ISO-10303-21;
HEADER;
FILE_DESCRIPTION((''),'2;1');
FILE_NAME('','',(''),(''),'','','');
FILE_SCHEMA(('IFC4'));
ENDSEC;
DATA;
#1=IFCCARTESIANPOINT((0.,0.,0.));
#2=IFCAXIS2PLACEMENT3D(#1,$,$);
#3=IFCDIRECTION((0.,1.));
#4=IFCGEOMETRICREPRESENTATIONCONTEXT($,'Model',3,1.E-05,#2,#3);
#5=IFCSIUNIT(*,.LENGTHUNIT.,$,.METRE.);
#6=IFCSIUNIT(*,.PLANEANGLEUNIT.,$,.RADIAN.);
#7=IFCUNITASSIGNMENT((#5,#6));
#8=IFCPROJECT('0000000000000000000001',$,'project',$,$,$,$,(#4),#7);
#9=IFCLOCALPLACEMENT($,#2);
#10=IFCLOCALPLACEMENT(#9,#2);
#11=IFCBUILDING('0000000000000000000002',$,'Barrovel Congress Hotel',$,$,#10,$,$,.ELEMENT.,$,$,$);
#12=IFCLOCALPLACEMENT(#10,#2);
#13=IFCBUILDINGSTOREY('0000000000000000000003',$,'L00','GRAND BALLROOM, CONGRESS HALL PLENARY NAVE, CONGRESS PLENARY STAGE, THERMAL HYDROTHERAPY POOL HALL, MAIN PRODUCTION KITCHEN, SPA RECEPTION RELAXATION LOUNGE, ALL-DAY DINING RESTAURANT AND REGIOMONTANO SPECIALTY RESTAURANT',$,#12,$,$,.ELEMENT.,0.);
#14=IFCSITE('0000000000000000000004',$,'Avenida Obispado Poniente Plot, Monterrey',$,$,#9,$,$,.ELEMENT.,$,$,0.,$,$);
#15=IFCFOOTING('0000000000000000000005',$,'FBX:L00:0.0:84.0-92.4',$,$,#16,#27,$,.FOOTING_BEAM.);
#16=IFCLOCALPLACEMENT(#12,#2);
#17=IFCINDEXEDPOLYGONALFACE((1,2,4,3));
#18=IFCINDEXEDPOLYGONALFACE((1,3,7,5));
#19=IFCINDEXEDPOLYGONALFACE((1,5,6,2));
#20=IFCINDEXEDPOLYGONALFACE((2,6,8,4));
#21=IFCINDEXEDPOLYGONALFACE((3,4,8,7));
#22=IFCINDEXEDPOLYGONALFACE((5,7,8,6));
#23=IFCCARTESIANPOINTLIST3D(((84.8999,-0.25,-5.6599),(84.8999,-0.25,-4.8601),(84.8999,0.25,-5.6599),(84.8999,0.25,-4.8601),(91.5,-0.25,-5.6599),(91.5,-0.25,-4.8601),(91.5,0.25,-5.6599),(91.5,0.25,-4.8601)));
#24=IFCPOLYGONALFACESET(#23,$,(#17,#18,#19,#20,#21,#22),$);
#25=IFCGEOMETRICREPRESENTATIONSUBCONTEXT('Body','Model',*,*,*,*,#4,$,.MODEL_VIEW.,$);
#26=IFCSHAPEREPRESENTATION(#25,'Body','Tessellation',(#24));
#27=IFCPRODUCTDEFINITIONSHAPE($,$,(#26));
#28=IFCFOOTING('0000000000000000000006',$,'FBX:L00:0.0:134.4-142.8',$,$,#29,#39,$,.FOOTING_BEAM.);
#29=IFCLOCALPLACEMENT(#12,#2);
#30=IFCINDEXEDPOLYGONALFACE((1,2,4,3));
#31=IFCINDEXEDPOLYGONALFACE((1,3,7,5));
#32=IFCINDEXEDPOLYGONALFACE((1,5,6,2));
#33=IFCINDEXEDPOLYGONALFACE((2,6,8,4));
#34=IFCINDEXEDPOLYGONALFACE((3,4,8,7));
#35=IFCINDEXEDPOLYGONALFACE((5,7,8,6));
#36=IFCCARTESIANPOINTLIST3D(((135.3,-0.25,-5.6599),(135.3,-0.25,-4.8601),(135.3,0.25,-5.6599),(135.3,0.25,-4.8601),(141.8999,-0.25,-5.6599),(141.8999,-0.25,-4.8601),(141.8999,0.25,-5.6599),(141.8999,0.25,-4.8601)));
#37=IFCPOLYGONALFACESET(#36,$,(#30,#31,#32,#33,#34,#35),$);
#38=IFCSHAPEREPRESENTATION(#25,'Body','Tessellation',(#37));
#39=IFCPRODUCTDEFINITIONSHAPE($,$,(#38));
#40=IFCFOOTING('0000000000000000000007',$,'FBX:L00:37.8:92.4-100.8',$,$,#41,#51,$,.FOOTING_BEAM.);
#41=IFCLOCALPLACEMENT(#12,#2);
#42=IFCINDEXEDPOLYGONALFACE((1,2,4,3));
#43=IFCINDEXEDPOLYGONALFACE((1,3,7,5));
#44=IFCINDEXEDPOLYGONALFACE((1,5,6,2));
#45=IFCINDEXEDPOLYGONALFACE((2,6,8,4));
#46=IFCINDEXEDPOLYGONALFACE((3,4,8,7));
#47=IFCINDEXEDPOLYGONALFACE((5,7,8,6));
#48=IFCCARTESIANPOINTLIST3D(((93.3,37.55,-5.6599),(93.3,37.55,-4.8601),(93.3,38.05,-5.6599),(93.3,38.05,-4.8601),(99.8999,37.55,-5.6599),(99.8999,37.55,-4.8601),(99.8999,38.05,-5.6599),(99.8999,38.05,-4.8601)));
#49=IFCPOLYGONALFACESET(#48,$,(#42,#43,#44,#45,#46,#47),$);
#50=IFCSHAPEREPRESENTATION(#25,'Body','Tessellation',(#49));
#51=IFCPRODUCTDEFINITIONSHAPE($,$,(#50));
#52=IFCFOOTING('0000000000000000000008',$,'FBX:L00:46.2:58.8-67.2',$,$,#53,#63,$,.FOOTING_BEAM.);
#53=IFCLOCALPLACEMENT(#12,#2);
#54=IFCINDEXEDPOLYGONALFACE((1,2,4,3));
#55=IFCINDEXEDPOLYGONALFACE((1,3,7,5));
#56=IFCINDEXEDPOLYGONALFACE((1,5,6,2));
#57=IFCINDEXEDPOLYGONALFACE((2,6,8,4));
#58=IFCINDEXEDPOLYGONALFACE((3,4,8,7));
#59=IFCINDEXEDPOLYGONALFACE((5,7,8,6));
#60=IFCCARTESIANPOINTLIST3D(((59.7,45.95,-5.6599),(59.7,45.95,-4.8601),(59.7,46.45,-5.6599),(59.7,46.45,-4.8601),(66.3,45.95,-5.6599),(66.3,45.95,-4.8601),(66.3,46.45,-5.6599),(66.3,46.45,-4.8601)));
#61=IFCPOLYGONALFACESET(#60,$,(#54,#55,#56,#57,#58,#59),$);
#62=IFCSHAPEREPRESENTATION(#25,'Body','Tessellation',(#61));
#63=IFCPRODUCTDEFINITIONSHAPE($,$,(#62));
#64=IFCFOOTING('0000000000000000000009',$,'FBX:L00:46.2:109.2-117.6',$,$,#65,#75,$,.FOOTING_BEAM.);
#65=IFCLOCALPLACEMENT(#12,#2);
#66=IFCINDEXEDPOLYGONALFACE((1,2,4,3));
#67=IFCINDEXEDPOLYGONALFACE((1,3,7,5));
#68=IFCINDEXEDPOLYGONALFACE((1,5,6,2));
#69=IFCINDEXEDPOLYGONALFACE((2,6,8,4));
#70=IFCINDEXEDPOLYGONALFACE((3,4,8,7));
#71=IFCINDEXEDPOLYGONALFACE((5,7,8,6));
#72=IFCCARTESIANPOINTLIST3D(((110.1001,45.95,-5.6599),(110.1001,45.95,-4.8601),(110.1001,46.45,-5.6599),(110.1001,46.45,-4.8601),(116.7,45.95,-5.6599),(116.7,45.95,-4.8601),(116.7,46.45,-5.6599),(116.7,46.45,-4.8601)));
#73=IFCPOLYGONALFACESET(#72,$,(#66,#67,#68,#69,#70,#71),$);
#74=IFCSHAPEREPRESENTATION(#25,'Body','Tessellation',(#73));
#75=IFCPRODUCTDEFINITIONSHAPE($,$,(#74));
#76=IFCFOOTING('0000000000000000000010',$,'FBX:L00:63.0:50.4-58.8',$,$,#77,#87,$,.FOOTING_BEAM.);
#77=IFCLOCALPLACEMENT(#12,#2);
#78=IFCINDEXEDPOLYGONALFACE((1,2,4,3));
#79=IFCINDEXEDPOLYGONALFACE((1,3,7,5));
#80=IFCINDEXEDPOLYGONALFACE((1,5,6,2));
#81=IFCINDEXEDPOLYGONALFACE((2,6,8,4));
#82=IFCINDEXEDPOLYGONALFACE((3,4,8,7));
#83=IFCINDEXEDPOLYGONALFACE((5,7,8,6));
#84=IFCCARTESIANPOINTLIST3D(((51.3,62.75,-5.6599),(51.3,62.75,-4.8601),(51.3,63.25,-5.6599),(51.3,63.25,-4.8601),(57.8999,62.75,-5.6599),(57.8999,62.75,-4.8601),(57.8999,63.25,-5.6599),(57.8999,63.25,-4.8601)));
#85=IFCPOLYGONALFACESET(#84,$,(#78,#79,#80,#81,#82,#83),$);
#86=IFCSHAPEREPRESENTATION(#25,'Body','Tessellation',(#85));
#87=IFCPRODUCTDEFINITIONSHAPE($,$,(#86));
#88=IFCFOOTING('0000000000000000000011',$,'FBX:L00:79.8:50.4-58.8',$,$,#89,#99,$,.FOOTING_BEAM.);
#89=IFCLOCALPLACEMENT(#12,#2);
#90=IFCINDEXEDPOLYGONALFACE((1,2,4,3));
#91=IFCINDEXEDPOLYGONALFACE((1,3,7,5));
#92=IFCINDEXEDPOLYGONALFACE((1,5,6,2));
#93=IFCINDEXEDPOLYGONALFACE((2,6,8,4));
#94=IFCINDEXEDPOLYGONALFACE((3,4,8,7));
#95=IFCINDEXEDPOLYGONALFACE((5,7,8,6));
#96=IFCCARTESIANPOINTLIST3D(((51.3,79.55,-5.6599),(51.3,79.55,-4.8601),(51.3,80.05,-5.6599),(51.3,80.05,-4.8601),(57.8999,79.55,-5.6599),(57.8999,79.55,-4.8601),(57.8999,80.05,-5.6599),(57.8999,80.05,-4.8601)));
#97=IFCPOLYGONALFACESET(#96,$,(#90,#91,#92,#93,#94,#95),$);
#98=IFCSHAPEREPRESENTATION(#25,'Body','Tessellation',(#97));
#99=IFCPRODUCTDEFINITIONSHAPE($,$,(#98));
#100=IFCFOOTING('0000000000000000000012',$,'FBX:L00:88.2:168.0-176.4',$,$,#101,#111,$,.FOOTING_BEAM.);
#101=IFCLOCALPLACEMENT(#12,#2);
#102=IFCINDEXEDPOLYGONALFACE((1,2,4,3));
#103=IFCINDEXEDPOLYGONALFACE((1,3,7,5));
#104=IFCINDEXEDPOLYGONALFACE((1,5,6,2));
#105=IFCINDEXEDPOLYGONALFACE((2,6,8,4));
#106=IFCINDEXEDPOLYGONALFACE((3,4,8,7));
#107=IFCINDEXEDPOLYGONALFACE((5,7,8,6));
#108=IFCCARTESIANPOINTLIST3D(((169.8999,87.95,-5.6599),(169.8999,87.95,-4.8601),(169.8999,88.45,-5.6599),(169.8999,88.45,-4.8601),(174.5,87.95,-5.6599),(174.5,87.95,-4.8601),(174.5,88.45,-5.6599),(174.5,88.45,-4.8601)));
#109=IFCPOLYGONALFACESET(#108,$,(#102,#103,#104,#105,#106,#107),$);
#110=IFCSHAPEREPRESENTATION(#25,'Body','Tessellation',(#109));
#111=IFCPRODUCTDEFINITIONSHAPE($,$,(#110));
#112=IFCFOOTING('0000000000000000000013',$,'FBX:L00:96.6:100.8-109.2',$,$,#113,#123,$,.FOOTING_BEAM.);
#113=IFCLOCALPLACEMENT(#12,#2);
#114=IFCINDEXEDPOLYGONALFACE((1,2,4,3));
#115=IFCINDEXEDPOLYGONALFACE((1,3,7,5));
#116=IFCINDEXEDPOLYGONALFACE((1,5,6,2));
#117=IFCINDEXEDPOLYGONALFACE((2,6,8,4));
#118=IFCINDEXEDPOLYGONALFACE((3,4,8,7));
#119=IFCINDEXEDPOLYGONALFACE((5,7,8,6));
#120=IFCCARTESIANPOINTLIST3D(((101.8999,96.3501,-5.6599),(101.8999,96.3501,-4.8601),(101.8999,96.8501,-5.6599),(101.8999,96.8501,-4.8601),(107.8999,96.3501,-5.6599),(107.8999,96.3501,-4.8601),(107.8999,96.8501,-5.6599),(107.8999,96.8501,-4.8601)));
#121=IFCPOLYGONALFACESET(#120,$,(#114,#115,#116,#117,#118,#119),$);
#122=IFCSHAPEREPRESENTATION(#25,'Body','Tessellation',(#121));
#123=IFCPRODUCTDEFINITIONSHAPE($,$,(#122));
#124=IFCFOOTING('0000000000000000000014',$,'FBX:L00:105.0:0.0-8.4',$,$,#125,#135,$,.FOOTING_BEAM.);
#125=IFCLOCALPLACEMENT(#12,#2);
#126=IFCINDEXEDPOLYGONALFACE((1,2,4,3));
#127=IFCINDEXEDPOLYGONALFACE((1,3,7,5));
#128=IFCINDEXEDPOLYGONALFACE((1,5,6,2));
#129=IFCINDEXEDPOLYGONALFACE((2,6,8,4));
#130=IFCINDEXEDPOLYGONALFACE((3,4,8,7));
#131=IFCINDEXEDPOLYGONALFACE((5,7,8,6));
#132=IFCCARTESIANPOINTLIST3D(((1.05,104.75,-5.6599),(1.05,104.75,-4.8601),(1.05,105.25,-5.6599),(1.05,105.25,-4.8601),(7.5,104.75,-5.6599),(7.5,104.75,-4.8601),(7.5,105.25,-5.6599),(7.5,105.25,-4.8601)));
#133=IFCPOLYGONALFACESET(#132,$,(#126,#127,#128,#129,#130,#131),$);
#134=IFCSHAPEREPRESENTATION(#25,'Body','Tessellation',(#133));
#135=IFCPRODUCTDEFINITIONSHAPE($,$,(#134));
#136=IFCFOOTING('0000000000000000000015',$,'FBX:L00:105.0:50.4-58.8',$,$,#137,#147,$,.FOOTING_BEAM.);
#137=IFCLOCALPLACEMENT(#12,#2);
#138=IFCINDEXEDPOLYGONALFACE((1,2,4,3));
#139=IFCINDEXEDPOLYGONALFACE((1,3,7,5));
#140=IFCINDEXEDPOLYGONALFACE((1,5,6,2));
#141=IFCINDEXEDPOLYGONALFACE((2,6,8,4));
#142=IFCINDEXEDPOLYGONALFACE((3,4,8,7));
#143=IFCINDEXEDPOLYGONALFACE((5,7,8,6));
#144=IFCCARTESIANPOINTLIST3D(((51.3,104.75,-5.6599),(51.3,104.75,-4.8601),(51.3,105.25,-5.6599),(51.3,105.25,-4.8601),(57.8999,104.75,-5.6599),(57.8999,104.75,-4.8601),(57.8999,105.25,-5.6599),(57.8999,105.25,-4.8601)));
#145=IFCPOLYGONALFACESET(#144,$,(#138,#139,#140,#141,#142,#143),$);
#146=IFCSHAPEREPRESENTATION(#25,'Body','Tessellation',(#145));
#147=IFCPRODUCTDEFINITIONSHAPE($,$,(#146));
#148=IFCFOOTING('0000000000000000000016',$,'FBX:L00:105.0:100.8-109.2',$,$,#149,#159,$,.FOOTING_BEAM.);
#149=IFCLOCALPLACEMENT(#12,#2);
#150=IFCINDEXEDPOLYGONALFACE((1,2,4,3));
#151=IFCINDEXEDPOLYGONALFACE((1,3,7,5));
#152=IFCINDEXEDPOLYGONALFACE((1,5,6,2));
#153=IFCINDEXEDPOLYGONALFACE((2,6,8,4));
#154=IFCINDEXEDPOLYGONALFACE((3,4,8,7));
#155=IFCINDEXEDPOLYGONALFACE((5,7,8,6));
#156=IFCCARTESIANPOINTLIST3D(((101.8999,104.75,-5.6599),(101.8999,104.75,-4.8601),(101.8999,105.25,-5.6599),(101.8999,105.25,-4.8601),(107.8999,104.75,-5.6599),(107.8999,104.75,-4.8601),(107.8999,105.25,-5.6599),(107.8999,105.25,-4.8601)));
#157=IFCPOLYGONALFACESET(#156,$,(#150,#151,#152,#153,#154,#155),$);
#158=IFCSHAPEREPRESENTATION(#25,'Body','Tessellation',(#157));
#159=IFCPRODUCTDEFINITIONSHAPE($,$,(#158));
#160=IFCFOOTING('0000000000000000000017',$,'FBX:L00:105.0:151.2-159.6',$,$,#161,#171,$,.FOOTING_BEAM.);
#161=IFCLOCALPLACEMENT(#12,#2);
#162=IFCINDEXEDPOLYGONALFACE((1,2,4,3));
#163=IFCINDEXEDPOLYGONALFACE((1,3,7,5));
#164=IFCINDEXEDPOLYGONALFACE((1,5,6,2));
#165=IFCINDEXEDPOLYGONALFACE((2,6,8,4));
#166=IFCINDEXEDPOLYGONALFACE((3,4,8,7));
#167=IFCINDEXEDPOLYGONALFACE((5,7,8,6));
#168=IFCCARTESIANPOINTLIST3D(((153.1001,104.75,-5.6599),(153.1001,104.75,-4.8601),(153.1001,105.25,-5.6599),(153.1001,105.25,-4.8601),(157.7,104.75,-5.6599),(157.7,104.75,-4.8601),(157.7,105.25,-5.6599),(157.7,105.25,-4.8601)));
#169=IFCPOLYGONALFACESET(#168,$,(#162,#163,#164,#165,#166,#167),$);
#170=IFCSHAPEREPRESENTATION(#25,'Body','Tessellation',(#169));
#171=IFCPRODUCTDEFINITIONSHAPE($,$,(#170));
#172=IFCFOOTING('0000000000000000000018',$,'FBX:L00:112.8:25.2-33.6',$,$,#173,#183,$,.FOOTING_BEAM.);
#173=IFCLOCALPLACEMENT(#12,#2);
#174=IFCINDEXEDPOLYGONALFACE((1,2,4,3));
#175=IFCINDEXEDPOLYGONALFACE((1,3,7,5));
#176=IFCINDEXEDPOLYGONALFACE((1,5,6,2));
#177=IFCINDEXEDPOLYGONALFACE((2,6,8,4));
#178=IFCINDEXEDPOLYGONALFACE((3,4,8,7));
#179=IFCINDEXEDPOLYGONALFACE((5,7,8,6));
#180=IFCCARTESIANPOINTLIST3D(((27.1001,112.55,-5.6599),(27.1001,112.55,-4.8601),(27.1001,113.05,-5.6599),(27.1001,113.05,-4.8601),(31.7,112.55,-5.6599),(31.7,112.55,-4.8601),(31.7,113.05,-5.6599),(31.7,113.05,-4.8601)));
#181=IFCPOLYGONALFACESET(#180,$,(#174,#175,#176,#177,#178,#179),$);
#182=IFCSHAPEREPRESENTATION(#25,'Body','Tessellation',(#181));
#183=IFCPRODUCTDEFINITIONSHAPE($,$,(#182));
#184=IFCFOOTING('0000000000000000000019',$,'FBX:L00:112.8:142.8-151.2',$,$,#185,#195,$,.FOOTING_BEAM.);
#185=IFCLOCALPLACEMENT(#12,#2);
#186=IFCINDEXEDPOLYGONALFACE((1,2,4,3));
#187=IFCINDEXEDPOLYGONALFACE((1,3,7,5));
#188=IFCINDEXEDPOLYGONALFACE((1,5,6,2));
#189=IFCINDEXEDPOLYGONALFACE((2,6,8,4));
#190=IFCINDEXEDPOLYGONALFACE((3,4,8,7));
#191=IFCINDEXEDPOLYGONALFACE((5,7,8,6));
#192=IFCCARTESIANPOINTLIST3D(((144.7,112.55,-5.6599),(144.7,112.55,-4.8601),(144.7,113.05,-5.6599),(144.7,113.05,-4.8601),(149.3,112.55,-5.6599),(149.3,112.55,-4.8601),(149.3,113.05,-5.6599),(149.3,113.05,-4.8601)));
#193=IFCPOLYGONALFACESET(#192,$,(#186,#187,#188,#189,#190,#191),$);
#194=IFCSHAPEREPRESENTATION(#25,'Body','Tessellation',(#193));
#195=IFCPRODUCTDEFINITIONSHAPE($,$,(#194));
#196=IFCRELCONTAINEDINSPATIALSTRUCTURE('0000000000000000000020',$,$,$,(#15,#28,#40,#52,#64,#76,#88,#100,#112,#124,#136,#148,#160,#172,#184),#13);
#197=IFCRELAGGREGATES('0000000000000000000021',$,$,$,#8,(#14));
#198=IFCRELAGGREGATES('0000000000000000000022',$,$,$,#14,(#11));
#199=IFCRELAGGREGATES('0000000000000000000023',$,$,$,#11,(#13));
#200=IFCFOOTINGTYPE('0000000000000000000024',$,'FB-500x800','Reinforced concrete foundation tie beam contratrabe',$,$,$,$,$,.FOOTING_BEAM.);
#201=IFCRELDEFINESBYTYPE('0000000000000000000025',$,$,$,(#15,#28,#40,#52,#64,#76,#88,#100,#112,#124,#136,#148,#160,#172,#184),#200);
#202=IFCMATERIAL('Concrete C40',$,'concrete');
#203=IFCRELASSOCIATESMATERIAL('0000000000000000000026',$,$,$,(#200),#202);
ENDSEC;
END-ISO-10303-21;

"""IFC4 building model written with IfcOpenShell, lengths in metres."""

from ifc_helpers import new_model, si_unit, direction, frame, origin, place, context, subcontext, project, spatial, polyline, outline, extrude, material, type_object, element, save


model = new_model("IFC4")

# Units and contexts
model_context = context("Model", 3, precision=1e-05, world=origin(), true_north=direction((0.0, 1.0)))
body_context = subcontext(model_context, "Body", "Model", "MODEL_VIEW")
ifc_project = project(units=[si_unit("LENGTHUNIT", "METRE"), si_unit("PLANEANGLEUNIT", "RADIAN")], contexts=[model_context])

# Site, building, storey
site_placement = place(None, origin())
site = spatial("IfcSite", under=ifc_project, at=site_placement, Name="Avenida Obispado Poniente Plot, Monterrey", CompositionType="ELEMENT", RefElevation=0.0)
building_placement = place(site_placement, origin())
building = spatial("IfcBuilding", under=site, at=building_placement, Name="Barrovel Congress Hotel", CompositionType="ELEMENT")
storey_placement = place(building_placement, origin())
storey = spatial("IfcBuildingStorey", under=building, at=storey_placement, Name="L00", Description="GRAND BALLROOM, CONGRESS HALL PLENARY NAVE, CONGRESS PLENARY STAGE, THERMAL HYDROTHERAPY POOL HALL, MAIN PRODUCTION KITCHEN, SPA RECEPTION RELAXATION LOUNGE, ALL-DAY DINING RESTAURANT AND REGIOMONTANO SPECIALTY RESTAURANT", CompositionType="ELEMENT", Elevation=0.0)

# Footings
ifc_material = material(Name="Concrete C40", Category="concrete")
footing_type_1 = type_object("IfcFootingType", Name="FB-500x800", Description="Reinforced concrete foundation tie beam contratrabe", PredefinedType="FOOTING_BEAM", material=ifc_material)
footing_1_placement = place(storey_placement, frame((0.0, 0.0, -5.6599)))
element("IfcFooting", 1, at=footing_1_placement, inside=storey, type_object=footing_type_1, Name="FBX:L00:0.0:84.0-92.4", PredefinedType="FOOTING_BEAM", context=body_context, shape_type="SweptSolid", body=[
    extrude(outline(polyline([(84.8999, -0.25), (91.5, -0.25), (91.5, 0.25), (84.8999, 0.25), (84.8999, -0.25)])), origin(), (0.0, 0.0, 1.0), 0.7998),
])
footing_2_placement = place(storey_placement, frame((0.0, 0.0, -5.6599)))
element("IfcFooting", 2, at=footing_2_placement, inside=storey, type_object=footing_type_1, Name="FBX:L00:0.0:134.4-142.8", PredefinedType="FOOTING_BEAM", context=body_context, shape_type="SweptSolid", body=[
    extrude(outline(polyline([(135.3, -0.25), (141.8999, -0.25), (141.8999, 0.25), (135.3, 0.25), (135.3, -0.25)])), origin(), (0.0, 0.0, 1.0), 0.7998),
])
footing_3_placement = place(storey_placement, frame((0.0, 0.0, -5.6599)))
element("IfcFooting", 3, at=footing_3_placement, inside=storey, type_object=footing_type_1, Name="FBX:L00:37.8:92.4-100.8", PredefinedType="FOOTING_BEAM", context=body_context, shape_type="SweptSolid", body=[
    extrude(outline(polyline([(93.3, 37.55), (99.8999, 37.55), (99.8999, 38.05), (93.3, 38.05), (93.3, 37.55)])), origin(), (0.0, 0.0, 1.0), 0.7998),
])
footing_4_placement = place(storey_placement, frame((0.0, 0.0, -5.6599)))
element("IfcFooting", 4, at=footing_4_placement, inside=storey, type_object=footing_type_1, Name="FBX:L00:46.2:58.8-67.2", PredefinedType="FOOTING_BEAM", context=body_context, shape_type="SweptSolid", body=[
    extrude(outline(polyline([(59.7, 45.95), (66.3, 45.95), (66.3, 46.45), (59.7, 46.45), (59.7, 45.95)])), origin(), (0.0, 0.0, 1.0), 0.7998),
])
footing_5_placement = place(storey_placement, frame((0.0, 0.0, -5.6599)))
element("IfcFooting", 5, at=footing_5_placement, inside=storey, type_object=footing_type_1, Name="FBX:L00:46.2:109.2-117.6", PredefinedType="FOOTING_BEAM", context=body_context, shape_type="SweptSolid", body=[
    extrude(outline(polyline([(110.1001, 45.95), (116.7, 45.95), (116.7, 46.45), (110.1001, 46.45), (110.1001, 45.95)])), origin(), (0.0, 0.0, 1.0), 0.7998),
])
footing_6_placement = place(storey_placement, frame((0.0, 0.0, -5.6599)))
element("IfcFooting", 6, at=footing_6_placement, inside=storey, type_object=footing_type_1, Name="FBX:L00:63.0:50.4-58.8", PredefinedType="FOOTING_BEAM", context=body_context, shape_type="SweptSolid", body=[
    extrude(outline(polyline([(51.3, 62.75), (57.8999, 62.75), (57.8999, 63.25), (51.3, 63.25), (51.3, 62.75)])), origin(), (0.0, 0.0, 1.0), 0.7998),
])
footing_7_placement = place(storey_placement, frame((0.0, 0.0, -5.6599)))
element("IfcFooting", 7, at=footing_7_placement, inside=storey, type_object=footing_type_1, Name="FBX:L00:79.8:50.4-58.8", PredefinedType="FOOTING_BEAM", context=body_context, shape_type="SweptSolid", body=[
    extrude(outline(polyline([(51.3, 79.55), (57.8999, 79.55), (57.8999, 80.05), (51.3, 80.05), (51.3, 79.55)])), origin(), (0.0, 0.0, 1.0), 0.7998),
])
footing_8_placement = place(storey_placement, frame((0.0, 0.0, -5.6599)))
element("IfcFooting", 8, at=footing_8_placement, inside=storey, type_object=footing_type_1, Name="FBX:L00:88.2:168.0-176.4", PredefinedType="FOOTING_BEAM", context=body_context, shape_type="SweptSolid", body=[
    extrude(outline(polyline([(169.8999, 87.95), (174.5, 87.95), (174.5, 88.45), (169.8999, 88.45), (169.8999, 87.95)])), origin(), (0.0, 0.0, 1.0), 0.7998),
])
footing_9_placement = place(storey_placement, frame((0.0, 0.0, -5.6599)))
element("IfcFooting", 9, at=footing_9_placement, inside=storey, type_object=footing_type_1, Name="FBX:L00:96.6:100.8-109.2", PredefinedType="FOOTING_BEAM", context=body_context, shape_type="SweptSolid", body=[
    extrude(outline(polyline([(101.8999, 96.3501), (107.8999, 96.3501), (107.8999, 96.8501), (101.8999, 96.8501), (101.8999, 96.3501)])), origin(), (0.0, 0.0, 1.0), 0.7998),
])
footing_10_placement = place(storey_placement, frame((0.0, 0.0, -5.6599)))
element("IfcFooting", 10, at=footing_10_placement, inside=storey, type_object=footing_type_1, Name="FBX:L00:105.0:0.0-8.4", PredefinedType="FOOTING_BEAM", context=body_context, shape_type="SweptSolid", body=[
    extrude(outline(polyline([(1.05, 104.75), (7.5, 104.75), (7.5, 105.25), (1.05, 105.25), (1.05, 104.75)])), origin(), (0.0, 0.0, 1.0), 0.7998),
])
footing_11_placement = place(storey_placement, frame((0.0, 0.0, -5.6599)))
element("IfcFooting", 11, at=footing_11_placement, inside=storey, type_object=footing_type_1, Name="FBX:L00:105.0:50.4-58.8", PredefinedType="FOOTING_BEAM", context=body_context, shape_type="SweptSolid", body=[
    extrude(outline(polyline([(51.3, 104.75), (57.8999, 104.75), (57.8999, 105.25), (51.3, 105.25), (51.3, 104.75)])), origin(), (0.0, 0.0, 1.0), 0.7998),
])
footing_12_placement = place(storey_placement, frame((0.0, 0.0, -5.6599)))
element("IfcFooting", 12, at=footing_12_placement, inside=storey, type_object=footing_type_1, Name="FBX:L00:105.0:100.8-109.2", PredefinedType="FOOTING_BEAM", context=body_context, shape_type="SweptSolid", body=[
    extrude(outline(polyline([(101.8999, 104.75), (107.8999, 104.75), (107.8999, 105.25), (101.8999, 105.25), (101.8999, 104.75)])), origin(), (0.0, 0.0, 1.0), 0.7998),
])
footing_13_placement = place(storey_placement, frame((0.0, 0.0, -5.6599)))
element("IfcFooting", 13, at=footing_13_placement, inside=storey, type_object=footing_type_1, Name="FBX:L00:105.0:151.2-159.6", PredefinedType="FOOTING_BEAM", context=body_context, shape_type="SweptSolid", body=[
    extrude(outline(polyline([(153.1001, 104.75), (157.7, 104.75), (157.7, 105.25), (153.1001, 105.25), (153.1001, 104.75)])), origin(), (0.0, 0.0, 1.0), 0.7998),
])
footing_14_placement = place(storey_placement, frame((0.0, 0.0, -5.6599)))
element("IfcFooting", 14, at=footing_14_placement, inside=storey, type_object=footing_type_1, Name="FBX:L00:112.8:25.2-33.6", PredefinedType="FOOTING_BEAM", context=body_context, shape_type="SweptSolid", body=[
    extrude(outline(polyline([(27.1001, 112.55), (31.7, 112.55), (31.7, 113.05), (27.1001, 113.05), (27.1001, 112.55)])), origin(), (0.0, 0.0, 1.0), 0.7998),
])
footing_15_placement = place(storey_placement, frame((0.0, 0.0, -5.6599)))
element("IfcFooting", 15, at=footing_15_placement, inside=storey, type_object=footing_type_1, Name="FBX:L00:112.8:142.8-151.2", PredefinedType="FOOTING_BEAM", context=body_context, shape_type="SweptSolid", body=[
    extrude(outline(polyline([(144.7, 112.55), (149.3, 112.55), (149.3, 113.05), (144.7, 113.05), (144.7, 112.55)])), origin(), (0.0, 0.0, 1.0), 0.7998),
])

save(model, "model.ifc")
